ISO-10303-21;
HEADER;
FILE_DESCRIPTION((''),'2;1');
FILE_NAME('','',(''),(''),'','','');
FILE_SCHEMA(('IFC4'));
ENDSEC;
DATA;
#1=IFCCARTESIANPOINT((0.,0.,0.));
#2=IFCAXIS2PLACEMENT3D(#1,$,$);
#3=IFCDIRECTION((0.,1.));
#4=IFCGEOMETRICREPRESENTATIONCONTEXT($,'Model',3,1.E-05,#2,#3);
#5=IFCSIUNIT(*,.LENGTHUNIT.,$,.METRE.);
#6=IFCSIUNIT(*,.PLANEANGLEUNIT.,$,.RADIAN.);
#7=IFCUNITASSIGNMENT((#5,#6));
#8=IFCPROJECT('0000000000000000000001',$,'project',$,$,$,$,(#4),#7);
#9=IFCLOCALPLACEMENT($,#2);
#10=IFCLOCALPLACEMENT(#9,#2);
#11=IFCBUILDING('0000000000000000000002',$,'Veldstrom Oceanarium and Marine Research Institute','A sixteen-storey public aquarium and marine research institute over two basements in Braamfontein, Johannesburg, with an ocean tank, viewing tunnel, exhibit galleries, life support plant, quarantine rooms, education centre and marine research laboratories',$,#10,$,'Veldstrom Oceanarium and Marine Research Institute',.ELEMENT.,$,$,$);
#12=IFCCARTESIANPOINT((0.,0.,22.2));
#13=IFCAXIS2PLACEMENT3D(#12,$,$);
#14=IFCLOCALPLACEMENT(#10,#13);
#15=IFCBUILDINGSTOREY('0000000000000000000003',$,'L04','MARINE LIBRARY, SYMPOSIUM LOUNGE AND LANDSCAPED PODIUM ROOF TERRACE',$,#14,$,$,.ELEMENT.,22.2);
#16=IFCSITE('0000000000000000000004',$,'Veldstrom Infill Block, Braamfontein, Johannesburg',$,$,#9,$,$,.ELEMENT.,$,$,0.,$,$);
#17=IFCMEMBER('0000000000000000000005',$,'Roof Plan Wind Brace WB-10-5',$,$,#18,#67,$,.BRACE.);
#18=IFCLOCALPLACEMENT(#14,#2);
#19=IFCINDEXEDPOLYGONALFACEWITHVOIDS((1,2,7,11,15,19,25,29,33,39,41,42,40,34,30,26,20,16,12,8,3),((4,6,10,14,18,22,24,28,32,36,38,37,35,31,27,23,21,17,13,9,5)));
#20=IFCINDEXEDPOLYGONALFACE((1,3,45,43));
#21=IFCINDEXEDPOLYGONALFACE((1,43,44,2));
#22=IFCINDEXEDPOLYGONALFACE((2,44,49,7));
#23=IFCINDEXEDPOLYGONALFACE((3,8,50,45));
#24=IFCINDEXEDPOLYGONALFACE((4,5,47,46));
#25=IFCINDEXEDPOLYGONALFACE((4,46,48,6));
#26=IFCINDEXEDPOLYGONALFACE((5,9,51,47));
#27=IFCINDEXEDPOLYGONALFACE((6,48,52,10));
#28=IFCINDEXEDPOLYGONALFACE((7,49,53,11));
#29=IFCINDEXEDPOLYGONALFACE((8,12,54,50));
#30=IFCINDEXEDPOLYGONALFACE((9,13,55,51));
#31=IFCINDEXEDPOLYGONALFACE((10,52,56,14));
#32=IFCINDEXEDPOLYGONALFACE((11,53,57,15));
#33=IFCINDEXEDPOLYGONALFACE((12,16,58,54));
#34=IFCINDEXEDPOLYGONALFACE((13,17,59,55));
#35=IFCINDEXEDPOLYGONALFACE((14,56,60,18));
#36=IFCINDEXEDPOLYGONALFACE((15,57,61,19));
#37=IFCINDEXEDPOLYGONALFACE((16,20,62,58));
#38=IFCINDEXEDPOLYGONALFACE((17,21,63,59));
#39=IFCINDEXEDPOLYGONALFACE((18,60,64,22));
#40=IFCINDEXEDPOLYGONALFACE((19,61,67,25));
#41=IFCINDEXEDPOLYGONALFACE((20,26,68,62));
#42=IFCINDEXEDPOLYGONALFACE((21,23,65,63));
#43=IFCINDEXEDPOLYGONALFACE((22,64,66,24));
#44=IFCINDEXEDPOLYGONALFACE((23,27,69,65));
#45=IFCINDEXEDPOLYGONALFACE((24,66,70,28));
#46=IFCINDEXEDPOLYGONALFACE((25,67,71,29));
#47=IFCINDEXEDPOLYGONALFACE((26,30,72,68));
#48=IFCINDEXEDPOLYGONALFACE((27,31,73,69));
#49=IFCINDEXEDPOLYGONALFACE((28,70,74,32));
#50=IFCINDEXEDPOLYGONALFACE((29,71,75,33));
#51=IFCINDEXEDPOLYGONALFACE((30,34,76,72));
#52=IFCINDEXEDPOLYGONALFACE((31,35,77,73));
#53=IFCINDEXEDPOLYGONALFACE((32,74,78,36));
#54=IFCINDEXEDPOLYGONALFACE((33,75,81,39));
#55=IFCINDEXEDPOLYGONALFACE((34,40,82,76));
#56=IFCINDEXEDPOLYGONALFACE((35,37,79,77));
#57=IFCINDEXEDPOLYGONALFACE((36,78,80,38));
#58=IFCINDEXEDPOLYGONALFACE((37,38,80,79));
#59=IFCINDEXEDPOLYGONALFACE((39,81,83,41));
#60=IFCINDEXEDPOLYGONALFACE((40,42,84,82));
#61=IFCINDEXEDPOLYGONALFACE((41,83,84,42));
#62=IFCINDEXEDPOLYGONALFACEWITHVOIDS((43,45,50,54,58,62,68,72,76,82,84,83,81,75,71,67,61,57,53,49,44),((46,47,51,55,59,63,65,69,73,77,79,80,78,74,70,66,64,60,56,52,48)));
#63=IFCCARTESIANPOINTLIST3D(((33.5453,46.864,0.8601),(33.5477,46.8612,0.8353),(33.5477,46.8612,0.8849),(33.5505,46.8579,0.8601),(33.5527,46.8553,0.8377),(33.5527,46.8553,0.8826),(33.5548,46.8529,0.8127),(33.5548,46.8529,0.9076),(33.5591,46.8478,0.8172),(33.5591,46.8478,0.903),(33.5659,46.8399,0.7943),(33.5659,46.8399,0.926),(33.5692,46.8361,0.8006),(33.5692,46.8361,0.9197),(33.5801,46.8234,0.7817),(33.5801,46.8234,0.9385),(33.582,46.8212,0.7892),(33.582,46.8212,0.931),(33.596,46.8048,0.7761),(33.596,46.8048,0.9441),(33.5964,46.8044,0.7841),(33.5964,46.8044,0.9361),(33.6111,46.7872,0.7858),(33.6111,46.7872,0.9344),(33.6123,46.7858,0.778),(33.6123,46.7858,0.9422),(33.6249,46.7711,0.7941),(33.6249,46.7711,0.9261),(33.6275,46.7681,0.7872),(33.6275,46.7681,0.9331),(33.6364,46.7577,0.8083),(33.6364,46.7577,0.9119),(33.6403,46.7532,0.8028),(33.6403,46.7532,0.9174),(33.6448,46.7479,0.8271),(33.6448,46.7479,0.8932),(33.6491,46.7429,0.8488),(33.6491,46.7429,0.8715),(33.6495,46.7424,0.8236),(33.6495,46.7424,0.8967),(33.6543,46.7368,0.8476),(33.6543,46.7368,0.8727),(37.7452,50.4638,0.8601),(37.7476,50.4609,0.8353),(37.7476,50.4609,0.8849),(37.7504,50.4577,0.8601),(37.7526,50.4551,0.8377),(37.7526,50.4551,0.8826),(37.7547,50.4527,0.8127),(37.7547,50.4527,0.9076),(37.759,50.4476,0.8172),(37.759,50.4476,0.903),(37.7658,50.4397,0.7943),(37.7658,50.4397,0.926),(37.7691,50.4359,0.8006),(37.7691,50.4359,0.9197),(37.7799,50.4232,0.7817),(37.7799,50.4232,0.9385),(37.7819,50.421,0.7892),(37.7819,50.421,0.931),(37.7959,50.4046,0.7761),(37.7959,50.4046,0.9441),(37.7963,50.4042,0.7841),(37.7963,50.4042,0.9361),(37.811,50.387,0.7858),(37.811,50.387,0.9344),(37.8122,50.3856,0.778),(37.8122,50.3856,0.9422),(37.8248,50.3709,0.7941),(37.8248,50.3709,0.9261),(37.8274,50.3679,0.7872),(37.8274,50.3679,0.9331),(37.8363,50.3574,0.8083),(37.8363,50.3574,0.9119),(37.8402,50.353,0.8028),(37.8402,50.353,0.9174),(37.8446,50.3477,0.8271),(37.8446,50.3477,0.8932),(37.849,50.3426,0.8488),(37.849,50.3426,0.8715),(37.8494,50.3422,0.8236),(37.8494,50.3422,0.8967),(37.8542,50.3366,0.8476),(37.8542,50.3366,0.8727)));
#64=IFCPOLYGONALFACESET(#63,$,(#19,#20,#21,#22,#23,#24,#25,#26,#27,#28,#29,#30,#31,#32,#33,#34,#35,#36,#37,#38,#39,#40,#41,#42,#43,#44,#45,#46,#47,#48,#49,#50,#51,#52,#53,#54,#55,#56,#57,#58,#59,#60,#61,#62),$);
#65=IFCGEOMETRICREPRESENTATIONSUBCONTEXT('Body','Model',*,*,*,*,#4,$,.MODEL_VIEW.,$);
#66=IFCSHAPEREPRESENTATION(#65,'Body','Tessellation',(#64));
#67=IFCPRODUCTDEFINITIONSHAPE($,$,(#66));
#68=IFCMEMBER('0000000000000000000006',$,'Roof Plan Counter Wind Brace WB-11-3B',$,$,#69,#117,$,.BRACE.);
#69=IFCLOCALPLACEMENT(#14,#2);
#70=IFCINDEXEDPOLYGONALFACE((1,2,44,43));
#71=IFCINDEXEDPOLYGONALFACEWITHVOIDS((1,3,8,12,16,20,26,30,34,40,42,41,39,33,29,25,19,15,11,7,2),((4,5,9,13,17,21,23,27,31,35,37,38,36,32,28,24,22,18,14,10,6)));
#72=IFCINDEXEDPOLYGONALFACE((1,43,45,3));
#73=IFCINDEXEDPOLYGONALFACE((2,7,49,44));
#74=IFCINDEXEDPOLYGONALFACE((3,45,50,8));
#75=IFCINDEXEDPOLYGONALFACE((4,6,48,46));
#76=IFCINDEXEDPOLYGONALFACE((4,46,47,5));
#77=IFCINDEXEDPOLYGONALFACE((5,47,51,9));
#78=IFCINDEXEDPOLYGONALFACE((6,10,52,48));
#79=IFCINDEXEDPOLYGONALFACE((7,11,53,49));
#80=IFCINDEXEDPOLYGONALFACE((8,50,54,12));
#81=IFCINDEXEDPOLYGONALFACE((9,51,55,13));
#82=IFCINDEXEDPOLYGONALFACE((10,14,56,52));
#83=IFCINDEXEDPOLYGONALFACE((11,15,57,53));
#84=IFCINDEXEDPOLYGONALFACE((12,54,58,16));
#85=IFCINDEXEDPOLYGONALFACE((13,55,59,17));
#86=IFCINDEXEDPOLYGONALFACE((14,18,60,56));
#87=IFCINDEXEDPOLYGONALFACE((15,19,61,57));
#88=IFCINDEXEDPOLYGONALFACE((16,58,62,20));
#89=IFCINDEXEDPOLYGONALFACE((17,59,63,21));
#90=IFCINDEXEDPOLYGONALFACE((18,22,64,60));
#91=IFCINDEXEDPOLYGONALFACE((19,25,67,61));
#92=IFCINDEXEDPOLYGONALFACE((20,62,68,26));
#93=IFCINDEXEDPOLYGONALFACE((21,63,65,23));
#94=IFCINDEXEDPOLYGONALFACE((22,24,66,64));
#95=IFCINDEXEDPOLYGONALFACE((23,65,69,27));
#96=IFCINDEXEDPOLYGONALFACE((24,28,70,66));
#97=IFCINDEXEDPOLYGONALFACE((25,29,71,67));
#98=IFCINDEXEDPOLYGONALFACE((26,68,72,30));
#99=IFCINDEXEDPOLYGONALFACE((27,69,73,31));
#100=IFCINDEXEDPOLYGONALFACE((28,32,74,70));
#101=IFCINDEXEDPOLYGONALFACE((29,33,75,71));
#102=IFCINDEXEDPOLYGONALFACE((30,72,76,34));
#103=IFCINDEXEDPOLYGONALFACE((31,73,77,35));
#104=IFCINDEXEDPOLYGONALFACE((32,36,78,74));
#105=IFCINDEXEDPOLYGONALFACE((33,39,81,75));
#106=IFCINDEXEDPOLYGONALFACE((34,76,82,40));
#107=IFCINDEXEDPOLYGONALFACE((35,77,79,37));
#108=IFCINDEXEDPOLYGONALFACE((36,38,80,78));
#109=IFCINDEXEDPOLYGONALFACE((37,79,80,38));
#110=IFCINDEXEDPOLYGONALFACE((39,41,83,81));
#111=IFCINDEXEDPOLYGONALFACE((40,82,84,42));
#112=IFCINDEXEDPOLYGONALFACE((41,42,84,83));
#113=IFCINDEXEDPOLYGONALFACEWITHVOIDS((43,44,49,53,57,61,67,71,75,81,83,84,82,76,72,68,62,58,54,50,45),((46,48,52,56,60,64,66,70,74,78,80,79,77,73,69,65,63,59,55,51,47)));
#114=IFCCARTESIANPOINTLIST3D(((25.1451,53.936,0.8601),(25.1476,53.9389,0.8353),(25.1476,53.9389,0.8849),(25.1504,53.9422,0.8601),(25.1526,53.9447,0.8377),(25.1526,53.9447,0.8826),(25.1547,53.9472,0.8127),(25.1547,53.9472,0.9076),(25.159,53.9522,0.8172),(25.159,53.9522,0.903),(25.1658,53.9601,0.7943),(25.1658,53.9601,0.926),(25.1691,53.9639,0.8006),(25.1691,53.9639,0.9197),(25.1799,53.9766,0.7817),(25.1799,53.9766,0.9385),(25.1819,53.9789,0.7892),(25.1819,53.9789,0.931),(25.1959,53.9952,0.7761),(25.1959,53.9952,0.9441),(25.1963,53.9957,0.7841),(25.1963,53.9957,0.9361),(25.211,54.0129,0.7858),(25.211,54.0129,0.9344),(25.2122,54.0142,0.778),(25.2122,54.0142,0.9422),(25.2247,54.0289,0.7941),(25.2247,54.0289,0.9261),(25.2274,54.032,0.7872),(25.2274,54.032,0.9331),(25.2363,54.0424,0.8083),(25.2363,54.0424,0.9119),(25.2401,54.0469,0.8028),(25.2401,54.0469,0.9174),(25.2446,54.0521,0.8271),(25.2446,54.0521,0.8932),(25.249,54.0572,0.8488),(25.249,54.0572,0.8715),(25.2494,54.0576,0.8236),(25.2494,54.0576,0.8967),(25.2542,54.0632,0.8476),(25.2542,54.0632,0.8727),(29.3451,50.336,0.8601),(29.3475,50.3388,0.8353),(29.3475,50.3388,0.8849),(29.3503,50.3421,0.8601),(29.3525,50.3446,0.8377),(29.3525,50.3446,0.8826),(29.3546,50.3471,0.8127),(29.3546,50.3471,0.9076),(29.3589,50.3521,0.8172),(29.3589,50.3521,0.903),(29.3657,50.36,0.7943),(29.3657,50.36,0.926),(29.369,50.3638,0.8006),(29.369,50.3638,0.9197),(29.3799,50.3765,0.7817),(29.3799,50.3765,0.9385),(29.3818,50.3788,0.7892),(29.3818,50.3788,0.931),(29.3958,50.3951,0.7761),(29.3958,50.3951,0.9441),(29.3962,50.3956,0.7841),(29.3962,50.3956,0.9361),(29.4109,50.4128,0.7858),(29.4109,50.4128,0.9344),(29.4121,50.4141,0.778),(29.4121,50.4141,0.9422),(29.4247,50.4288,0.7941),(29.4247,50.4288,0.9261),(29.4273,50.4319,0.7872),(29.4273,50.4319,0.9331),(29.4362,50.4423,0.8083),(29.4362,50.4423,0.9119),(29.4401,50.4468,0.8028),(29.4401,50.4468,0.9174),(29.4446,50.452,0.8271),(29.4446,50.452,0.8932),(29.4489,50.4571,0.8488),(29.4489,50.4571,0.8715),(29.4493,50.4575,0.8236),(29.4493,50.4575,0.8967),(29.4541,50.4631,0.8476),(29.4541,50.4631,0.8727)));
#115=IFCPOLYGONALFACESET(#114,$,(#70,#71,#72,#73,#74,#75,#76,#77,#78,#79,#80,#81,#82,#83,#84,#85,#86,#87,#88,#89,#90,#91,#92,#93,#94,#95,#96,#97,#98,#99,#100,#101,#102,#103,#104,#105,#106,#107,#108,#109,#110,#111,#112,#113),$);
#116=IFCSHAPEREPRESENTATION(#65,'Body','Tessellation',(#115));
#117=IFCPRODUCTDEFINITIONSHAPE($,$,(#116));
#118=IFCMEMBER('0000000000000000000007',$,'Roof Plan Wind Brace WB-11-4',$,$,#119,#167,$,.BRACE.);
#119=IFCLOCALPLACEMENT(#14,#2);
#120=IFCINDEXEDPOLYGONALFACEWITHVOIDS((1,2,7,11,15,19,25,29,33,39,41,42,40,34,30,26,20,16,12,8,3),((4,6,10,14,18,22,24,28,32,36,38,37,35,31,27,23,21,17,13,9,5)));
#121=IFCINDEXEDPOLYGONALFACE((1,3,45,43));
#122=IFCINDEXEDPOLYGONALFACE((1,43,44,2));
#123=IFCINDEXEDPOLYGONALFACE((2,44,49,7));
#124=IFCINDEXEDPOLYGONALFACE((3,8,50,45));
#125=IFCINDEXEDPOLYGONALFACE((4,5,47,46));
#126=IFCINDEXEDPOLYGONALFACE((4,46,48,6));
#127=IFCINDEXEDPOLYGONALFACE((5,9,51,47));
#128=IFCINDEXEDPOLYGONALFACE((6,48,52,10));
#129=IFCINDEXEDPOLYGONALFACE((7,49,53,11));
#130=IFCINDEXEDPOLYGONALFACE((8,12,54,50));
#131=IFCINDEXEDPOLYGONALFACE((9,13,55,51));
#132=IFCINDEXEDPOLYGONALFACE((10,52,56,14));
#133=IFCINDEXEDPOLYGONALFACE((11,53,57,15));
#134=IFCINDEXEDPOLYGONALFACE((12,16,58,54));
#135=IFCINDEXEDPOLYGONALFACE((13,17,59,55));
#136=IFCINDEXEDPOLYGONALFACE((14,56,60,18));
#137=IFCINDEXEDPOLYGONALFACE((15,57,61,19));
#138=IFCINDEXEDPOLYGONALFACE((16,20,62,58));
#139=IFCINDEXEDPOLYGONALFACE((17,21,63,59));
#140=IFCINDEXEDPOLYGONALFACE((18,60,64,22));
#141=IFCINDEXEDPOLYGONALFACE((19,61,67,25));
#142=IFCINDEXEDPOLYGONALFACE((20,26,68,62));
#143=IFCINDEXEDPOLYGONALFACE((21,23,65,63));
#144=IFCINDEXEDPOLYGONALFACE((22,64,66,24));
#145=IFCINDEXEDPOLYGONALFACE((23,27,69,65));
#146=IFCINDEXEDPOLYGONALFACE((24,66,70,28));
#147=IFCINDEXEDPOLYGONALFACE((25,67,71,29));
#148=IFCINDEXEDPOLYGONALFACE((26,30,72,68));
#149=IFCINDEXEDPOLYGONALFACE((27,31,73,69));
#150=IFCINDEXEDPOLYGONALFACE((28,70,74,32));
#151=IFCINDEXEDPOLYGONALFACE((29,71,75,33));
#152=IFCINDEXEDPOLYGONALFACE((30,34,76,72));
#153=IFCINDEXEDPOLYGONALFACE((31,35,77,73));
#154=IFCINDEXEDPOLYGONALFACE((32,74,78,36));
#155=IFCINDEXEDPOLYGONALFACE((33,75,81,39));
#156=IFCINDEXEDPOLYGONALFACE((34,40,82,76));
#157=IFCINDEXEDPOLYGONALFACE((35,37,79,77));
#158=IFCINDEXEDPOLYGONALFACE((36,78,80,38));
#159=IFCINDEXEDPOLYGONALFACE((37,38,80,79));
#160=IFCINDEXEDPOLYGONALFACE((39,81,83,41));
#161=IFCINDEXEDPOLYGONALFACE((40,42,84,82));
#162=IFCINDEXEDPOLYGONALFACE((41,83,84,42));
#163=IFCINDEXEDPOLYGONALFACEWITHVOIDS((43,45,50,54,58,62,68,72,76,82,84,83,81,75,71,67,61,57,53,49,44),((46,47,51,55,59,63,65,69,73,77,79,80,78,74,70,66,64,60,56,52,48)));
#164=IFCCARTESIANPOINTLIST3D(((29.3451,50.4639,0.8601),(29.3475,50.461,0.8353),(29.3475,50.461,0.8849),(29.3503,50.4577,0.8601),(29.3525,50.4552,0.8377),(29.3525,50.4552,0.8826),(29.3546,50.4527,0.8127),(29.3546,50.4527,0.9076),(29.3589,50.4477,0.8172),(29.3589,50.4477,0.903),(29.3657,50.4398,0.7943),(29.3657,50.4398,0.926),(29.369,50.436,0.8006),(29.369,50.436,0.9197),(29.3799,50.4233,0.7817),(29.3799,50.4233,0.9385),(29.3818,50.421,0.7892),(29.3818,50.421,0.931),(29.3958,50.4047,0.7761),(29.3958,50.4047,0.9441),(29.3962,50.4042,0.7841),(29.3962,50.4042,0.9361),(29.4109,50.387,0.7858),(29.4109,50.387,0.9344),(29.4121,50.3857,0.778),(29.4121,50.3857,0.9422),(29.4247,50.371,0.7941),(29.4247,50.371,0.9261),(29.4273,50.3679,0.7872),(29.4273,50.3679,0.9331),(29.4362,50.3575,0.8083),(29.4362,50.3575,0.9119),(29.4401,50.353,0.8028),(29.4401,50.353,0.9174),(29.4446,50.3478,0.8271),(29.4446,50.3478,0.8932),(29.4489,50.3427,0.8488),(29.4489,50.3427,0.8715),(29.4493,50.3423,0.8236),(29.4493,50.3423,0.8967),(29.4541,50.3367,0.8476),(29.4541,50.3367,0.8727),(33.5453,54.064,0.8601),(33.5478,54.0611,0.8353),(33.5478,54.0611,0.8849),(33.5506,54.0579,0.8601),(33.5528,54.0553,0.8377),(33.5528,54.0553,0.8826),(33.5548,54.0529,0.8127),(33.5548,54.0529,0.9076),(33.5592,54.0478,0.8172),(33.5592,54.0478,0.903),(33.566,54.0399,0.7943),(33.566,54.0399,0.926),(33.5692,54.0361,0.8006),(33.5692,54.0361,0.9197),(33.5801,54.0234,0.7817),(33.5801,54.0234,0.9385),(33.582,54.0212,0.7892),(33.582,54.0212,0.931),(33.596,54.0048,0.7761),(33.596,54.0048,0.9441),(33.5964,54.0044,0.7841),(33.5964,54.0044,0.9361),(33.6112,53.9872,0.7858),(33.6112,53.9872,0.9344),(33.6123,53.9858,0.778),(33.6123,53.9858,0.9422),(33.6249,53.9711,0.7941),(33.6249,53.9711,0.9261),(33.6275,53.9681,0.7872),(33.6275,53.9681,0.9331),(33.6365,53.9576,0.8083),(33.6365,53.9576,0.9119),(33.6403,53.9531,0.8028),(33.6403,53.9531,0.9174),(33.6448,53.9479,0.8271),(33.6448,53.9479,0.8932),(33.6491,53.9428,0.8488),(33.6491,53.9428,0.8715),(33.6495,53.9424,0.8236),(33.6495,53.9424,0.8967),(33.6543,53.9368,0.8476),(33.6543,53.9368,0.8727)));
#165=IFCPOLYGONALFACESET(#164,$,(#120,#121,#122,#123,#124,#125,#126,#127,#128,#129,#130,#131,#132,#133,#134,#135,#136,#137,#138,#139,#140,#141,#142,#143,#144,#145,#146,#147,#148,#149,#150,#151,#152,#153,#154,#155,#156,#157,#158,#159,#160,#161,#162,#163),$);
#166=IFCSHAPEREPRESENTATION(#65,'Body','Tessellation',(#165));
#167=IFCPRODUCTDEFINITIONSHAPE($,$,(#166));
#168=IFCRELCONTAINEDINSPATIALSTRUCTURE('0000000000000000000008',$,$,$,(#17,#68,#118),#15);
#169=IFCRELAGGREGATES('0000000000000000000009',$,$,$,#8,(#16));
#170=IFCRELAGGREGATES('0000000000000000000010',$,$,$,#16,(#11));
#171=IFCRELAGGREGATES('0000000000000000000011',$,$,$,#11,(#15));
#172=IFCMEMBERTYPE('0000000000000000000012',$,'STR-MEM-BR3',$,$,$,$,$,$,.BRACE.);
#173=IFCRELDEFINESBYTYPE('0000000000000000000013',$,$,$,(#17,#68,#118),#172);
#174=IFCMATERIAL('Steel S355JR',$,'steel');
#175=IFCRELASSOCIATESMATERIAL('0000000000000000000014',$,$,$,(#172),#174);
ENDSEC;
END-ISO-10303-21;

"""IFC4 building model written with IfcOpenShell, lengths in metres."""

from ifc_helpers import new_model, si_unit, direction, frame, origin, origin_2d, place, context, subcontext, project, spatial, hollow_circle, extrude, material, material_profile, profile_set, type_object, element, save


model = new_model("IFC4")

# Units and contexts
model_context = context("Model", 3, precision=1e-05, world=origin(), true_north=direction((0.0, 1.0)))
body_context = subcontext(model_context, "Body", "Model", "MODEL_VIEW")
ifc_project = project(units=[si_unit("LENGTHUNIT", "METRE"), si_unit("PLANEANGLEUNIT", "RADIAN")], contexts=[model_context])

# Site, building, storey
site_placement = place(None, origin())
site = spatial("IfcSite", under=ifc_project, at=site_placement, Name="Veldstrom Infill Block, Braamfontein, Johannesburg", CompositionType="ELEMENT", RefElevation=0.0)
building_placement = place(site_placement, origin())
building = spatial("IfcBuilding", under=site, at=building_placement, Name="Veldstrom Oceanarium and Marine Research Institute", Description="A sixteen-storey public aquarium and marine research institute over two basements in Braamfontein, Johannesburg, with an ocean tank, viewing tunnel, exhibit galleries, life support plant, quarantine rooms, education centre and marine research laboratories", LongName="Veldstrom Oceanarium and Marine Research Institute", CompositionType="ELEMENT")
storey_placement = place(building_placement, frame((0.0, 0.0, 22.2)))
storey = spatial("IfcBuildingStorey", under=building, at=storey_placement, Name="L04", Description="MARINE LIBRARY, SYMPOSIUM LOUNGE AND LANDSCAPED PODIUM ROOF TERRACE", CompositionType="ELEMENT", Elevation=22.2)

# Members
ifc_material_1 = material(Name="Steel S355JR", Category="steel")
ifc_material_profile_1 = material_profile(ifc_material_1, hollow_circle(Radius=0.0842, WallThickness=0.0081, at=origin_2d()), Name="CHS 168.3x8")
ifc_profile_set_1 = profile_set([ifc_material_profile_1], Name="Steel S355JR")
member_type_1 = type_object("IfcMemberType", Name="STR-MEM-BR3", PredefinedType="BRACE", material=ifc_profile_set_1)
member_1_placement = place(storey_placement, frame((33.6001, 46.8, 0.8601), z_axis=(0.759266, 0.65078, 0.0), x_axis=(-0.65078, 0.759266, 0.0)))
element("IfcMember", 1, at=member_1_placement, inside=storey, type_object=member_type_1, Name="Roof Plan Wind Brace WB-10-5", PredefinedType="BRACE", context=body_context, shape_type="SweptSolid", body=[
    extrude(hollow_circle(Radius=0.0842, WallThickness=0.0081, at=origin_2d()), origin(), (0.0, 0.0, 1.0), 5.5315),
])
member_2_placement = place(storey_placement, frame((29.3999, 50.3999, 0.8601), z_axis=(-0.759244, 0.650806, 0.0), x_axis=(-0.650806, -0.759244, 0.0)))
element("IfcMember", 2, at=member_2_placement, inside=storey, type_object=member_type_1, Name="Roof Plan Counter Wind Brace WB-11-3B", PredefinedType="BRACE", context=body_context, shape_type="SweptSolid", body=[
    extrude(hollow_circle(Radius=0.0842, WallThickness=0.0081, at=origin_2d()), origin(), (0.0, 0.0, 1.0), 5.5317),
])
for number, where, z_axis, x_axis, name in (
    (3, (29.3999, 50.3999, 0.8601), (0.759263, 0.650784, 0.0), (-0.650784, 0.759263, 0.0), "Roof Plan Wind Brace WB-11-4"),
):
    element("IfcMember", number, at=place(storey_placement, frame(where, z_axis=z_axis, x_axis=x_axis)), inside=storey, type_object=member_type_1, Name=name, PredefinedType="BRACE", context=body_context, shape_type="SweptSolid", body=[
        extrude(hollow_circle(Radius=0.0842, WallThickness=0.0081, at=origin_2d()), origin(), (0.0, 0.0, 1.0), 5.532),
    ])

save(model, "model.ifc")
